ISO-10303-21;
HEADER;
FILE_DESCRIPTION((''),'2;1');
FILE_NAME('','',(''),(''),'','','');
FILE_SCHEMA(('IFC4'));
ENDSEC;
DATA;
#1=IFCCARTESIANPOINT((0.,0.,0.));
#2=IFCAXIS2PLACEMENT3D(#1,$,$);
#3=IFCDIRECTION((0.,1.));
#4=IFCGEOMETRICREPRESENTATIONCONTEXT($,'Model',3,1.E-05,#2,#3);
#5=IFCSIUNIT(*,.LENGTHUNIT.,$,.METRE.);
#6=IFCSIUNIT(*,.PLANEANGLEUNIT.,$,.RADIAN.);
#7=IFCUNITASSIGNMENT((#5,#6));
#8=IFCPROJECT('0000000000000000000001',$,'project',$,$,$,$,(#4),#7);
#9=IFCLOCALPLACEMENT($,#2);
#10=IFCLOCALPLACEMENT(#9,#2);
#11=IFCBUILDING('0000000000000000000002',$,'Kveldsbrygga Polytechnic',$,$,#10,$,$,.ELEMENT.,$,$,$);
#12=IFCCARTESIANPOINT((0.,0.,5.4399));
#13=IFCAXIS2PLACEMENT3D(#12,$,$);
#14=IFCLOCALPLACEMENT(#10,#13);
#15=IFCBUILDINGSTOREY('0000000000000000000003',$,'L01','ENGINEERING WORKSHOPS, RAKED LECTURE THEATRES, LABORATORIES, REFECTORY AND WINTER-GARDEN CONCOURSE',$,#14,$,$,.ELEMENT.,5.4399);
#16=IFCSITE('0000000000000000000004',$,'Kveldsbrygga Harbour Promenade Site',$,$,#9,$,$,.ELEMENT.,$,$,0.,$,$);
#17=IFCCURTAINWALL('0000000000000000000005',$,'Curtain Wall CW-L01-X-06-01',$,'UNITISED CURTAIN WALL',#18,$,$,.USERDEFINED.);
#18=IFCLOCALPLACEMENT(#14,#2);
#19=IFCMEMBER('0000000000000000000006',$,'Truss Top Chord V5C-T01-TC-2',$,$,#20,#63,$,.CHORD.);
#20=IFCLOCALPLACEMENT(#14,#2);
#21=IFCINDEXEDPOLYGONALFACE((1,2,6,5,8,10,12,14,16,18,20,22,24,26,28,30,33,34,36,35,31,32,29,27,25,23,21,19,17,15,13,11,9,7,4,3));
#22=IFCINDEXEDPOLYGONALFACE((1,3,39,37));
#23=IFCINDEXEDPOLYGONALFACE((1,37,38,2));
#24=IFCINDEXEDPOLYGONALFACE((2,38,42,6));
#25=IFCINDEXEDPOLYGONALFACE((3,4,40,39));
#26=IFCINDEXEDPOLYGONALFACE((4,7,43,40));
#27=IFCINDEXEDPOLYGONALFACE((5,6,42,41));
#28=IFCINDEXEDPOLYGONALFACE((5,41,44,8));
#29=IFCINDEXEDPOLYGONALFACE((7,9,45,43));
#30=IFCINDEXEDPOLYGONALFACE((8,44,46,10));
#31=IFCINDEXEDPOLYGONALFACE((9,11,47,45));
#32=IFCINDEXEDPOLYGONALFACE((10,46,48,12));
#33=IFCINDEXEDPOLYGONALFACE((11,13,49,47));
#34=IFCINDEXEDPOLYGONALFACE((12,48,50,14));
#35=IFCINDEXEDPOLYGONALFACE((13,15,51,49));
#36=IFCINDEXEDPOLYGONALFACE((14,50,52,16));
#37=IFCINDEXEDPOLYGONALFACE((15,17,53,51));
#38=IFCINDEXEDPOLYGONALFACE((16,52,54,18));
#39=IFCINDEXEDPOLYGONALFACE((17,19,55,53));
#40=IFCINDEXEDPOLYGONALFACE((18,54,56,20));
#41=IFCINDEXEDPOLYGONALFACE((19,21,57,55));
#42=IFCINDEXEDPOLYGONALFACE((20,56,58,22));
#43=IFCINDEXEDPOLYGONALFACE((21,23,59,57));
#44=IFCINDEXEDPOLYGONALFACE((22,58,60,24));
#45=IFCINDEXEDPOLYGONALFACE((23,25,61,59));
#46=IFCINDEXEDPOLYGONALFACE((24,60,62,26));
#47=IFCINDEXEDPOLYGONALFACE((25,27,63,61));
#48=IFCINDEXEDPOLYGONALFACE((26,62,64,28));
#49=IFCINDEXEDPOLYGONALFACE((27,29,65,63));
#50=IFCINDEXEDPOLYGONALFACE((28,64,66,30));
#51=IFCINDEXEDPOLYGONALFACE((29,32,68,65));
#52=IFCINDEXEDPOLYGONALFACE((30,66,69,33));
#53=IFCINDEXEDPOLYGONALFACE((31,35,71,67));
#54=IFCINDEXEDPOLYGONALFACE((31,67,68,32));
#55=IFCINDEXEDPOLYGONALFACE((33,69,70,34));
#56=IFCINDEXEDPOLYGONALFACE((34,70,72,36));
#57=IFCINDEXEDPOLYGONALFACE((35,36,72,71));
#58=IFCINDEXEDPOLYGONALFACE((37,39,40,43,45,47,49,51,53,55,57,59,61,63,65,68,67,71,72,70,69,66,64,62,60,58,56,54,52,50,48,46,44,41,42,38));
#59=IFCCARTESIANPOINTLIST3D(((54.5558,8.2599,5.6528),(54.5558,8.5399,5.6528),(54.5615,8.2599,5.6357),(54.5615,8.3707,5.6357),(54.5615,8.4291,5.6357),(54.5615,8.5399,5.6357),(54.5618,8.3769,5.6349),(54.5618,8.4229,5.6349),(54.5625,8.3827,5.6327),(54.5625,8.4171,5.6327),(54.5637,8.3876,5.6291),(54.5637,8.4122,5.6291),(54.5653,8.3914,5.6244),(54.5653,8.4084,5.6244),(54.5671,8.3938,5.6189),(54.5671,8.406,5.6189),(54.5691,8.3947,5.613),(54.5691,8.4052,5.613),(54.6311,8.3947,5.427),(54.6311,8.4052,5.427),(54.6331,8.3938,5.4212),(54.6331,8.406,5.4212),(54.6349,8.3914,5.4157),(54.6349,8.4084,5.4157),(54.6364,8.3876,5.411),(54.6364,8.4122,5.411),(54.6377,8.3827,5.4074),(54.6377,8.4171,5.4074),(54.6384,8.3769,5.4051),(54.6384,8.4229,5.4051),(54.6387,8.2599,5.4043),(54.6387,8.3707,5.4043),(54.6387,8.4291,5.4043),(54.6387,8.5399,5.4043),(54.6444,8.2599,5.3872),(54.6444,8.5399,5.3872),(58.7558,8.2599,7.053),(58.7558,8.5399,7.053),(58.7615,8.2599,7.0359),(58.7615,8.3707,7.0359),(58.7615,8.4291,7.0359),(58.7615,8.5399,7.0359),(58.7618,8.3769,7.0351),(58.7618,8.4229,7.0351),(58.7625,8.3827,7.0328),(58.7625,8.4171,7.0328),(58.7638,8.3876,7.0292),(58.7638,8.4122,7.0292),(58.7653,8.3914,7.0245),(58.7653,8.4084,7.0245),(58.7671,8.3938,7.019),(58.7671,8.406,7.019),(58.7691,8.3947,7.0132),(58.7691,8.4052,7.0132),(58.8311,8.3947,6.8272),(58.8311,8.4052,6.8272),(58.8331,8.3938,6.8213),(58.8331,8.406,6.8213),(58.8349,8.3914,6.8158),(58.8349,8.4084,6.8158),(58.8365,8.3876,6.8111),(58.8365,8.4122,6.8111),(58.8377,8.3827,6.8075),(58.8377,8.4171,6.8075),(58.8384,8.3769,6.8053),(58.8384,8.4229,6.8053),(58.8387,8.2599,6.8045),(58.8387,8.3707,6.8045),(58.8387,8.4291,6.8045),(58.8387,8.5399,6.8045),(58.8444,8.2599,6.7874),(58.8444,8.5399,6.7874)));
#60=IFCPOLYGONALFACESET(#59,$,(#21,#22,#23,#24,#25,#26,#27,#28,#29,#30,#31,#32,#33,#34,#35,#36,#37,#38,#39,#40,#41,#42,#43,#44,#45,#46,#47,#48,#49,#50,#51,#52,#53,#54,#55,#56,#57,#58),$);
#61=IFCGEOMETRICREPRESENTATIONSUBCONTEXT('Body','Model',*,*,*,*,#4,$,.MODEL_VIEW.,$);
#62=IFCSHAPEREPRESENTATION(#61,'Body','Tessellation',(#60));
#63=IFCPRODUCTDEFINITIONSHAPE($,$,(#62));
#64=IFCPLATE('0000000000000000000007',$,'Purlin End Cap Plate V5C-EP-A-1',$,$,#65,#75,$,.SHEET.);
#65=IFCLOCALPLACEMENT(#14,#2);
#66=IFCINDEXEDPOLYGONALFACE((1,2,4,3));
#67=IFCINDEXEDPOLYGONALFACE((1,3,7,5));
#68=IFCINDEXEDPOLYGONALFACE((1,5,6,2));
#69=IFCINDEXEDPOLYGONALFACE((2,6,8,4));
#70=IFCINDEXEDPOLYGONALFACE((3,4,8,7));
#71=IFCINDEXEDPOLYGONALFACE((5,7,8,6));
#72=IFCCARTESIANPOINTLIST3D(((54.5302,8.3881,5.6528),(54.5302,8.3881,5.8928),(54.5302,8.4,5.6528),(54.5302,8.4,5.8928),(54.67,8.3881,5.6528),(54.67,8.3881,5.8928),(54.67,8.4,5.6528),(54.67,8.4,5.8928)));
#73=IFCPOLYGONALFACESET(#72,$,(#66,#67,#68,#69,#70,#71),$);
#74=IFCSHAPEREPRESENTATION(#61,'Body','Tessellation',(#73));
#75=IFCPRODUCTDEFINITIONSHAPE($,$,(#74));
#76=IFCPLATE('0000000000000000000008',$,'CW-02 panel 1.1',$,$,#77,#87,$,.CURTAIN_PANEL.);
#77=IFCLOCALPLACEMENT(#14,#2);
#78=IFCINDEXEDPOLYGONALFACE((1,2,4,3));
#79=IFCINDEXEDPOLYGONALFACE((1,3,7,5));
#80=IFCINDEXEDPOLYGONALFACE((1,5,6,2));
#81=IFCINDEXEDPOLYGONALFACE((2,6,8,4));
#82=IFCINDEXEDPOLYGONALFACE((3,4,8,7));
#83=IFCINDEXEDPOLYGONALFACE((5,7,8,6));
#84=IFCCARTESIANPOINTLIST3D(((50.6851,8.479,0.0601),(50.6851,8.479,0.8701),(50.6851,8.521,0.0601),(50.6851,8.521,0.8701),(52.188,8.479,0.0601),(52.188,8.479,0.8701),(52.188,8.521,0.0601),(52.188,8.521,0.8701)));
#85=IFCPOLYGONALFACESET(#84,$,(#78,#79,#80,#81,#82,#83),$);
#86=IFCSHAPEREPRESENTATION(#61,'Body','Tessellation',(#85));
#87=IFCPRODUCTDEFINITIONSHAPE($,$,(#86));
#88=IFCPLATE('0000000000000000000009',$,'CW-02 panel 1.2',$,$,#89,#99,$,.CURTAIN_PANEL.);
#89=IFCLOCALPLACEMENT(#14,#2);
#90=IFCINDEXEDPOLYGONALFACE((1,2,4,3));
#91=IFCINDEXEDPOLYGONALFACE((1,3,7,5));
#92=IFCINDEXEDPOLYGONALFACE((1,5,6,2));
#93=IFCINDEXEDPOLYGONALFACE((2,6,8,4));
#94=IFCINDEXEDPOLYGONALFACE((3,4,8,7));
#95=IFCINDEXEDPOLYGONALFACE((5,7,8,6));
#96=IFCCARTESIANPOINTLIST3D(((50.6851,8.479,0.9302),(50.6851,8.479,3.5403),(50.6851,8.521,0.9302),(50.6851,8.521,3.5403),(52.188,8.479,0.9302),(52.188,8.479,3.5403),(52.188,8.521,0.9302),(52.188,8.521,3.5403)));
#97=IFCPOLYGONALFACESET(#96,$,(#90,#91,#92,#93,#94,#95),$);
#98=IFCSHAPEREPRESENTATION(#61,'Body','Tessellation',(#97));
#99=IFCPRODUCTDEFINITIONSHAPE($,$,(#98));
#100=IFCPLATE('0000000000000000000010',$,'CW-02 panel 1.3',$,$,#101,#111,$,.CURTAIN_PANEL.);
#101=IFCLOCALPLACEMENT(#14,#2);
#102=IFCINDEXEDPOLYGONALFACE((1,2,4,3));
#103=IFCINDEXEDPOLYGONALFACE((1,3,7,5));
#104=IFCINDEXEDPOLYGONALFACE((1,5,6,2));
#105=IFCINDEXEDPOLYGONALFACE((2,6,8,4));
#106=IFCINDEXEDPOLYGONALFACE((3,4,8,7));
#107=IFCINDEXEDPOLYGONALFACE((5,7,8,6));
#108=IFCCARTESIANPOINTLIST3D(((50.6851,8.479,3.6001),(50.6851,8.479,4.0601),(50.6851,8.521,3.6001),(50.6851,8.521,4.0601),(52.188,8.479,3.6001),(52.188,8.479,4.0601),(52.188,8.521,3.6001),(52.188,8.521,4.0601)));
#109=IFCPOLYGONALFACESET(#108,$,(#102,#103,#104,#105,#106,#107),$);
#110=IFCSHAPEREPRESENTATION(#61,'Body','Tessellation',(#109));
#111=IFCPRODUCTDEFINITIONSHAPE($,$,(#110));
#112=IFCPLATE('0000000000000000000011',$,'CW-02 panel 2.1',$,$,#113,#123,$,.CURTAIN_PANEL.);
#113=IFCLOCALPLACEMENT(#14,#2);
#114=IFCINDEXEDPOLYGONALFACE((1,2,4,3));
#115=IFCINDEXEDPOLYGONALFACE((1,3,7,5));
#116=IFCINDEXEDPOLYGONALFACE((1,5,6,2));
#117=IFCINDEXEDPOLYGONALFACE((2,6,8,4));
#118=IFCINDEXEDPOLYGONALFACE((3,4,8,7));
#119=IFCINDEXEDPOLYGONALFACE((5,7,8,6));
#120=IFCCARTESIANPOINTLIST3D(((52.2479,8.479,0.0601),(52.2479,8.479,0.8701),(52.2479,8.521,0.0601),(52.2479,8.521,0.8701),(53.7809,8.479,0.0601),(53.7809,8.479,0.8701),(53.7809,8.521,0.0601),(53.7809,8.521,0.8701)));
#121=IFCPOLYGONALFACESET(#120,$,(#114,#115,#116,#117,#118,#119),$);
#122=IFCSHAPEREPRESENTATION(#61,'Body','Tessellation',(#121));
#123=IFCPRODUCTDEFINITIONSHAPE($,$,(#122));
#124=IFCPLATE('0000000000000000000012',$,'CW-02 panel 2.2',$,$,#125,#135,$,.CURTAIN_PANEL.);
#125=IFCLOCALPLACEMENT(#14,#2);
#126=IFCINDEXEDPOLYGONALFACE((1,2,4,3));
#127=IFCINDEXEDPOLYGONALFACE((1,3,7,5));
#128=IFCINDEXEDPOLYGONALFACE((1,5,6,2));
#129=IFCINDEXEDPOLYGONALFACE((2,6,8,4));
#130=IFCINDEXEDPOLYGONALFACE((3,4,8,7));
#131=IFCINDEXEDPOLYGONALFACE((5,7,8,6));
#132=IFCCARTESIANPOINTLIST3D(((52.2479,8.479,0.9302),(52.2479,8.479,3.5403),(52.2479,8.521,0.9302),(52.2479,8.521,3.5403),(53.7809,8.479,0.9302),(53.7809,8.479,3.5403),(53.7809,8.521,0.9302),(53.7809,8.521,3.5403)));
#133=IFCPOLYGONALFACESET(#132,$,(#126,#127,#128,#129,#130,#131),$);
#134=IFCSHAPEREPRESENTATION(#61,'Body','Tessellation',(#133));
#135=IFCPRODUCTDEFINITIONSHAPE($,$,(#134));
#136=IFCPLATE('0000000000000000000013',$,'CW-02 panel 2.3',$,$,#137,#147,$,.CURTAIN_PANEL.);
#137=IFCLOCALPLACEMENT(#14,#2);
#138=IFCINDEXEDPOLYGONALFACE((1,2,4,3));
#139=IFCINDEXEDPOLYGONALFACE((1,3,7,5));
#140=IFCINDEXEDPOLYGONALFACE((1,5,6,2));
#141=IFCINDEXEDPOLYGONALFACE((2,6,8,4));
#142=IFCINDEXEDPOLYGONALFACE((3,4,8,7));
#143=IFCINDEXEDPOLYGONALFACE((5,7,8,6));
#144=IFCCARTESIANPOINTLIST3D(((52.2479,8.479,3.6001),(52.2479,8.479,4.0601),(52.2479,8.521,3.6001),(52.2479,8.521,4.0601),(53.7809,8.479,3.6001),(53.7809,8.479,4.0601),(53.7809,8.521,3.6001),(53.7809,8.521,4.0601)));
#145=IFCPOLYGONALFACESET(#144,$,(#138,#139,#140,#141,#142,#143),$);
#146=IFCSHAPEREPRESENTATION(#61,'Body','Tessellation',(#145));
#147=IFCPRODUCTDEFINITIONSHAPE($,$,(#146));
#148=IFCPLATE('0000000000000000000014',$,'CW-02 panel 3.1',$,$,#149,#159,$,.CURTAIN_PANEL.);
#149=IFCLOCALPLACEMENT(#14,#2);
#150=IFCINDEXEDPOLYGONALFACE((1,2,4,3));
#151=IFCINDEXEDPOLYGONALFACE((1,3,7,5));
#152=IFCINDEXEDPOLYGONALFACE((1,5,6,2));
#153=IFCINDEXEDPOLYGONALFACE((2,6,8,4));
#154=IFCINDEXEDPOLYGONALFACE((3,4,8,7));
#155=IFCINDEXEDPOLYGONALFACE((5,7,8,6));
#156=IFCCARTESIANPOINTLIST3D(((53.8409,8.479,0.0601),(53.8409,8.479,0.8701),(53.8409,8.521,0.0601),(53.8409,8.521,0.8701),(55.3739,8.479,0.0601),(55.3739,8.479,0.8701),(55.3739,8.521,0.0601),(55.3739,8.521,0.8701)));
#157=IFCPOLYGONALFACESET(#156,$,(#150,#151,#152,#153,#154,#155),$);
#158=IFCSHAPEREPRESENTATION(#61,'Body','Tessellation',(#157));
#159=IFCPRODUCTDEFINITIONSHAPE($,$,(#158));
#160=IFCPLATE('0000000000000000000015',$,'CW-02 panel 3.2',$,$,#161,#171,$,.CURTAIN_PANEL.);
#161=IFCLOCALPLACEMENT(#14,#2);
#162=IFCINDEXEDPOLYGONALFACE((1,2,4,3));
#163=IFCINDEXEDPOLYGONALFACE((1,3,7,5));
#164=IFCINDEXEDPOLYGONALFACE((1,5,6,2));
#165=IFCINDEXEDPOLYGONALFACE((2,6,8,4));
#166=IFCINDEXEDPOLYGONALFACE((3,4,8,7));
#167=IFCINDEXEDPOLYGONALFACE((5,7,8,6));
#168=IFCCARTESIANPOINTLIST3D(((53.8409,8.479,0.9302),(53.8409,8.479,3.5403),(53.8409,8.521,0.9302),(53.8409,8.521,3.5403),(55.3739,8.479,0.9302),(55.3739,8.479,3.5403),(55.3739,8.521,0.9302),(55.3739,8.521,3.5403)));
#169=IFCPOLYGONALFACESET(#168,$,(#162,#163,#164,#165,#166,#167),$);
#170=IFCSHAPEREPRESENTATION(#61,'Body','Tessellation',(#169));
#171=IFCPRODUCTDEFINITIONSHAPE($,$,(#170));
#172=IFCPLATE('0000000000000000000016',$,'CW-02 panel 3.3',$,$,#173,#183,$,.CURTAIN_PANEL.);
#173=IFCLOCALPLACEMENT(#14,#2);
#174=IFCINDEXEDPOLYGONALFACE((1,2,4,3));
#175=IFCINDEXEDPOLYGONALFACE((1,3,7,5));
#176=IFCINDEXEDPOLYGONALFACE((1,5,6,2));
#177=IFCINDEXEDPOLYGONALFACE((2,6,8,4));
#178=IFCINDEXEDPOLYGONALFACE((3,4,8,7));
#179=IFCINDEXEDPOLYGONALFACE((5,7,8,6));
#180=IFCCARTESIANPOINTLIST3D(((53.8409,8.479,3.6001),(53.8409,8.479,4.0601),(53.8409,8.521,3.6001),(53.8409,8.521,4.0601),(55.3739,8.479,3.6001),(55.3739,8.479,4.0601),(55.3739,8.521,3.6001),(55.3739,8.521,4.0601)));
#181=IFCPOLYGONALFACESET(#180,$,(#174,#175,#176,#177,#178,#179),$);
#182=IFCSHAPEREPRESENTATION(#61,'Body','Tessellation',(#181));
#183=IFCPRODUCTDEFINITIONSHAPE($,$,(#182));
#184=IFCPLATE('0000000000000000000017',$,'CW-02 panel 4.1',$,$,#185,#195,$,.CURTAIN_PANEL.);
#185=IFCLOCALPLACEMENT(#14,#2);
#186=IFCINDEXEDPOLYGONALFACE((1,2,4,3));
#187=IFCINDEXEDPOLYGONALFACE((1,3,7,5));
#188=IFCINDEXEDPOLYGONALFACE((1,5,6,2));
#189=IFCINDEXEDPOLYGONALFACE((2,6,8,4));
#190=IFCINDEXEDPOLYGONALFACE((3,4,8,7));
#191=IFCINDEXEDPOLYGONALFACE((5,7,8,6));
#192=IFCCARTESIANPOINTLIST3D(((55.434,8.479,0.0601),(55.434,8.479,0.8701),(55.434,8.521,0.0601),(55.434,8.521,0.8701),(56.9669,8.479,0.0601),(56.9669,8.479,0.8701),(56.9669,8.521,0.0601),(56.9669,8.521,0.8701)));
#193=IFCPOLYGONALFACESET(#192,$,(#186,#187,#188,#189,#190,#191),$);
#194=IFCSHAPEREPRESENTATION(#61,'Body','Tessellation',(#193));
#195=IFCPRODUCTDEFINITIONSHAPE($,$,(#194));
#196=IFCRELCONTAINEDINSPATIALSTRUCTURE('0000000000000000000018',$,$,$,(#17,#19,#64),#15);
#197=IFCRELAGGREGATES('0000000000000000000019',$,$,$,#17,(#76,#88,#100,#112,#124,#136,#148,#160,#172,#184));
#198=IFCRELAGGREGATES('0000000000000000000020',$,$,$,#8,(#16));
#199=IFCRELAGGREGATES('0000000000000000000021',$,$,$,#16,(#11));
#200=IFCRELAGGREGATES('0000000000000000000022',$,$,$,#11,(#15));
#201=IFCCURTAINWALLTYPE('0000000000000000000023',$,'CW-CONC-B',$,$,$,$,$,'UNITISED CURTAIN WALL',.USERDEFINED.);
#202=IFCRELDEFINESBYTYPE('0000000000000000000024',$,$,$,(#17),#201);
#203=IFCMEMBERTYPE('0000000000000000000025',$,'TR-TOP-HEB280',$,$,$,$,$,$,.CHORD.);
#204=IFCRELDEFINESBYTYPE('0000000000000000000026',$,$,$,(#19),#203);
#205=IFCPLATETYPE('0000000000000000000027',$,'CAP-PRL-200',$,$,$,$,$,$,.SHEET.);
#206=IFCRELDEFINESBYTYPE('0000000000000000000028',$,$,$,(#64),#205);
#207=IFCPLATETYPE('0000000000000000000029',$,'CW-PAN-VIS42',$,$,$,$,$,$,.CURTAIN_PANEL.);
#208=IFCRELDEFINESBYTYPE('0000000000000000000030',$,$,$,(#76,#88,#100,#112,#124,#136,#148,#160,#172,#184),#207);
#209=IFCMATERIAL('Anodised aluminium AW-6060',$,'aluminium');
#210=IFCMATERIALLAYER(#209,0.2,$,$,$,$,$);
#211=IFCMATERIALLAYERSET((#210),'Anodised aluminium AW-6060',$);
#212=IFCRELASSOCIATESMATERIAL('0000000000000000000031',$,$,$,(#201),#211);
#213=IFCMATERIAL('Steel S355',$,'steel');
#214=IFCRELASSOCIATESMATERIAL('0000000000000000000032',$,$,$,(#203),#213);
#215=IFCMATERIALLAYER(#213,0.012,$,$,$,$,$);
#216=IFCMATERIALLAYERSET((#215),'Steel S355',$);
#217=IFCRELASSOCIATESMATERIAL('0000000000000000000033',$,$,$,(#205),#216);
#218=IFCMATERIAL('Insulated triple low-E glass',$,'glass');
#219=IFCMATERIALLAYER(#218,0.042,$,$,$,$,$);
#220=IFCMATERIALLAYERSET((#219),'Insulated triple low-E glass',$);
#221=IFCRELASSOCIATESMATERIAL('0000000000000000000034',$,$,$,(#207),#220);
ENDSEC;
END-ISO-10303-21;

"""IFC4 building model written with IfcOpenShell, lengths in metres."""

from ifc_helpers import new_model, si_unit, direction, frame, origin, origin_2d, place, context, subcontext, project, spatial, rectangle, i_section, extrude, material, layer, layer_set, material_profile, profile_set, type_object, element, aggregate, save


model = new_model("IFC4")

# Units and contexts
model_context = context("Model", 3, precision=1e-05, world=origin(), true_north=direction((0.0, 1.0)))
body_context = subcontext(model_context, "Body", "Model", "MODEL_VIEW")
ifc_project = project(units=[si_unit("LENGTHUNIT", "METRE"), si_unit("PLANEANGLEUNIT", "RADIAN")], contexts=[model_context])

# Site, building, storey
site_placement = place(None, origin())
site = spatial("IfcSite", under=ifc_project, at=site_placement, Name="Kveldsbrygga Harbour Promenade Site", CompositionType="ELEMENT", RefElevation=0.0)
building_placement = place(site_placement, origin())
building = spatial("IfcBuilding", under=site, at=building_placement, Name="Kveldsbrygga Polytechnic", CompositionType="ELEMENT")
storey_placement = place(building_placement, frame((0.0, 0.0, 5.4399)))
storey = spatial("IfcBuildingStorey", under=building, at=storey_placement, Name="L01", Description="ENGINEERING WORKSHOPS, RAKED LECTURE THEATRES, LABORATORIES, REFECTORY AND WINTER-GARDEN CONCOURSE", CompositionType="ELEMENT", Elevation=5.4399)

# Curtain wall
ifc_material_1 = material(Name="Anodised aluminium AW-6060", Category="aluminium")
ifc_layer_1 = layer(ifc_material_1, 0.2)
ifc_layer_set_1 = layer_set([ifc_layer_1], Name="Anodised aluminium AW-6060")
curtain_wall_type = type_object("IfcCurtainWallType", Name="CW-CONC-B", ElementType="UNITISED CURTAIN WALL", PredefinedType="USERDEFINED", material=ifc_layer_set_1)
curtain_wall_placement = place(storey_placement, origin())
curtain_wall = element("IfcCurtainWall", 1, at=curtain_wall_placement, inside=storey, type_object=curtain_wall_type, Name="Curtain Wall CW-L01-X-06-01", ObjectType="UNITISED CURTAIN WALL", PredefinedType="USERDEFINED")

# Member
ifc_material_2 = material(Name="Steel S355", Category="steel")
ifc_material_profile_1 = material_profile(ifc_material_2, i_section(OverallWidth=0.28, OverallDepth=0.28, WebThickness=0.0105, FlangeThickness=0.0181, FilletRadius=0.0239, at=origin_2d()), Name="HEB 280")
ifc_profile_set_1 = profile_set([ifc_material_profile_1], Name="Steel S355")
member_type_1 = type_object("IfcMemberType", Name="TR-TOP-HEB280", PredefinedType="CHORD", material=ifc_profile_set_1)
member_1_placement = place(storey_placement, frame((54.6001, 8.3999, 5.52), z_axis=(0.948672, 0.0, 0.316261), x_axis=(0.0, 1.0, 0.0)))
element("IfcMember", 2, at=member_1_placement, inside=storey, type_object=member_type_1, Name="Truss Top Chord V5C-T01-TC-2", PredefinedType="CHORD", context=body_context, shape_type="SweptSolid", body=[
    extrude(i_section(OverallWidth=0.28, OverallDepth=0.28, WebThickness=0.0105, FlangeThickness=0.0181, FilletRadius=0.0239, at=origin_2d()), origin(), (0.0, 0.0, 1.0), 4.4272),
])

# Plates
ifc_layer_2 = layer(ifc_material_2, 0.012)
ifc_layer_set_2 = layer_set([ifc_layer_2], Name="Steel S355")
plate_type_1 = type_object("IfcPlateType", Name="CAP-PRL-200", PredefinedType="SHEET", material=ifc_layer_set_2)
plate_1_placement = place(storey_placement, frame((54.6001, 8.394, 5.6528), z_axis=(0.0, 0.0, 1.0), x_axis=(1.0, 0.0, 0.0)))
element("IfcPlate", 3, at=plate_1_placement, inside=storey, type_object=plate_type_1, Name="Purlin End Cap Plate V5C-EP-A-1", PredefinedType="SHEET", context=body_context, shape_type="SweptSolid", body=[
    extrude(rectangle(XDim=0.1399, YDim=0.012, at=origin_2d()), origin(), (0.0, 0.0, 1.0), 0.24),
])
ifc_material_3 = material(Name="Insulated triple low-E glass", Category="glass")
ifc_layer_3 = layer(ifc_material_3, 0.042)
ifc_layer_set_3 = layer_set([ifc_layer_3], Name="Insulated triple low-E glass")
plate_type_2 = type_object("IfcPlateType", Name="CW-PAN-VIS42", PredefinedType="CURTAIN_PANEL", material=ifc_layer_set_3)
plate_2_placement = place(storey_placement, frame((51.4365, 8.5, 0.0601), z_axis=(0.0, 0.0, 1.0), x_axis=(1.0, 0.0, 0.0)))
plate_2 = element("IfcPlate", 4, at=plate_2_placement, type_object=plate_type_2, Name="CW-02 panel 1.1", PredefinedType="CURTAIN_PANEL", context=body_context, shape_type="SweptSolid", body=[
    extrude(rectangle(XDim=1.5029, YDim=0.042, at=origin_2d()), origin(), (0.0, 0.0, 1.0), 0.8101),
])
plate_3_placement = place(storey_placement, frame((51.4365, 8.5, 0.9302), z_axis=(0.0, 0.0, 1.0), x_axis=(1.0, 0.0, 0.0)))
plate_3 = element("IfcPlate", 5, at=plate_3_placement, type_object=plate_type_2, Name="CW-02 panel 1.2", PredefinedType="CURTAIN_PANEL", context=body_context, shape_type="SweptSolid", body=[
    extrude(rectangle(XDim=1.5029, YDim=0.042, at=origin_2d()), origin(), (0.0, 0.0, 1.0), 2.6101),
])
plate_4_placement = place(storey_placement, frame((51.4365, 8.5, 3.6001), z_axis=(0.0, 0.0, 1.0), x_axis=(1.0, 0.0, 0.0)))
plate_4 = element("IfcPlate", 6, at=plate_4_placement, type_object=plate_type_2, Name="CW-02 panel 1.3", PredefinedType="CURTAIN_PANEL", context=body_context, shape_type="SweptSolid", body=[
    extrude(rectangle(XDim=1.5029, YDim=0.042, at=origin_2d()), origin(), (0.0, 0.0, 1.0), 0.46),
])
plate_5_placement = place(storey_placement, frame((53.0144, 8.5, 0.0601), z_axis=(0.0, 0.0, 1.0), x_axis=(1.0, 0.0, 0.0)))
plate_5 = element("IfcPlate", 7, at=plate_5_placement, type_object=plate_type_2, Name="CW-02 panel 2.1", PredefinedType="CURTAIN_PANEL", context=body_context, shape_type="SweptSolid", body=[
    extrude(rectangle(XDim=1.533, YDim=0.042, at=origin_2d()), origin(), (0.0, 0.0, 1.0), 0.8101),
])
plate_6_placement = place(storey_placement, frame((53.0144, 8.5, 0.9302), z_axis=(0.0, 0.0, 1.0), x_axis=(1.0, 0.0, 0.0)))
plate_6 = element("IfcPlate", 8, at=plate_6_placement, type_object=plate_type_2, Name="CW-02 panel 2.2", PredefinedType="CURTAIN_PANEL", context=body_context, shape_type="SweptSolid", body=[
    extrude(rectangle(XDim=1.533, YDim=0.042, at=origin_2d()), origin(), (0.0, 0.0, 1.0), 2.6101),
])
plate_7_placement = place(storey_placement, frame((53.0144, 8.5, 3.6001), z_axis=(0.0, 0.0, 1.0), x_axis=(1.0, 0.0, 0.0)))
plate_7 = element("IfcPlate", 9, at=plate_7_placement, type_object=plate_type_2, Name="CW-02 panel 2.3", PredefinedType="CURTAIN_PANEL", context=body_context, shape_type="SweptSolid", body=[
    extrude(rectangle(XDim=1.533, YDim=0.042, at=origin_2d()), origin(), (0.0, 0.0, 1.0), 0.46),
])
plate_8_placement = place(storey_placement, frame((54.6074, 8.5, 0.0601), z_axis=(0.0, 0.0, 1.0), x_axis=(1.0, 0.0, 0.0)))
plate_8 = element("IfcPlate", 10, at=plate_8_placement, type_object=plate_type_2, Name="CW-02 panel 3.1", PredefinedType="CURTAIN_PANEL", context=body_context, shape_type="SweptSolid", body=[
    extrude(rectangle(XDim=1.533, YDim=0.042, at=origin_2d()), origin(), (0.0, 0.0, 1.0), 0.8101),
])
plate_9_placement = place(storey_placement, frame((54.6074, 8.5, 0.9302), z_axis=(0.0, 0.0, 1.0), x_axis=(1.0, 0.0, 0.0)))
plate_9 = element("IfcPlate", 11, at=plate_9_placement, type_object=plate_type_2, Name="CW-02 panel 3.2", PredefinedType="CURTAIN_PANEL", context=body_context, shape_type="SweptSolid", body=[
    extrude(rectangle(XDim=1.533, YDim=0.042, at=origin_2d()), origin(), (0.0, 0.0, 1.0), 2.6101),
])
plate_10_placement = place(storey_placement, frame((54.6074, 8.5, 3.6001), z_axis=(0.0, 0.0, 1.0), x_axis=(1.0, 0.0, 0.0)))
plate_10 = element("IfcPlate", 12, at=plate_10_placement, type_object=plate_type_2, Name="CW-02 panel 3.3", PredefinedType="CURTAIN_PANEL", context=body_context, shape_type="SweptSolid", body=[
    extrude(rectangle(XDim=1.533, YDim=0.042, at=origin_2d()), origin(), (0.0, 0.0, 1.0), 0.46),
])
plate_11_placement = place(storey_placement, frame((56.2004, 8.5, 0.0601), z_axis=(0.0, 0.0, 1.0), x_axis=(1.0, 0.0, 0.0)))
plate_11 = element("IfcPlate", 13, at=plate_11_placement, type_object=plate_type_2, Name="CW-02 panel 4.1", PredefinedType="CURTAIN_PANEL", context=body_context, shape_type="SweptSolid", body=[
    extrude(rectangle(XDim=1.533, YDim=0.042, at=origin_2d()), origin(), (0.0, 0.0, 1.0), 0.8101),
])
aggregate(curtain_wall, [plate_2, plate_3, plate_4, plate_5, plate_6, plate_7, plate_8, plate_9, plate_10, plate_11])

save(model, "model.ifc")
